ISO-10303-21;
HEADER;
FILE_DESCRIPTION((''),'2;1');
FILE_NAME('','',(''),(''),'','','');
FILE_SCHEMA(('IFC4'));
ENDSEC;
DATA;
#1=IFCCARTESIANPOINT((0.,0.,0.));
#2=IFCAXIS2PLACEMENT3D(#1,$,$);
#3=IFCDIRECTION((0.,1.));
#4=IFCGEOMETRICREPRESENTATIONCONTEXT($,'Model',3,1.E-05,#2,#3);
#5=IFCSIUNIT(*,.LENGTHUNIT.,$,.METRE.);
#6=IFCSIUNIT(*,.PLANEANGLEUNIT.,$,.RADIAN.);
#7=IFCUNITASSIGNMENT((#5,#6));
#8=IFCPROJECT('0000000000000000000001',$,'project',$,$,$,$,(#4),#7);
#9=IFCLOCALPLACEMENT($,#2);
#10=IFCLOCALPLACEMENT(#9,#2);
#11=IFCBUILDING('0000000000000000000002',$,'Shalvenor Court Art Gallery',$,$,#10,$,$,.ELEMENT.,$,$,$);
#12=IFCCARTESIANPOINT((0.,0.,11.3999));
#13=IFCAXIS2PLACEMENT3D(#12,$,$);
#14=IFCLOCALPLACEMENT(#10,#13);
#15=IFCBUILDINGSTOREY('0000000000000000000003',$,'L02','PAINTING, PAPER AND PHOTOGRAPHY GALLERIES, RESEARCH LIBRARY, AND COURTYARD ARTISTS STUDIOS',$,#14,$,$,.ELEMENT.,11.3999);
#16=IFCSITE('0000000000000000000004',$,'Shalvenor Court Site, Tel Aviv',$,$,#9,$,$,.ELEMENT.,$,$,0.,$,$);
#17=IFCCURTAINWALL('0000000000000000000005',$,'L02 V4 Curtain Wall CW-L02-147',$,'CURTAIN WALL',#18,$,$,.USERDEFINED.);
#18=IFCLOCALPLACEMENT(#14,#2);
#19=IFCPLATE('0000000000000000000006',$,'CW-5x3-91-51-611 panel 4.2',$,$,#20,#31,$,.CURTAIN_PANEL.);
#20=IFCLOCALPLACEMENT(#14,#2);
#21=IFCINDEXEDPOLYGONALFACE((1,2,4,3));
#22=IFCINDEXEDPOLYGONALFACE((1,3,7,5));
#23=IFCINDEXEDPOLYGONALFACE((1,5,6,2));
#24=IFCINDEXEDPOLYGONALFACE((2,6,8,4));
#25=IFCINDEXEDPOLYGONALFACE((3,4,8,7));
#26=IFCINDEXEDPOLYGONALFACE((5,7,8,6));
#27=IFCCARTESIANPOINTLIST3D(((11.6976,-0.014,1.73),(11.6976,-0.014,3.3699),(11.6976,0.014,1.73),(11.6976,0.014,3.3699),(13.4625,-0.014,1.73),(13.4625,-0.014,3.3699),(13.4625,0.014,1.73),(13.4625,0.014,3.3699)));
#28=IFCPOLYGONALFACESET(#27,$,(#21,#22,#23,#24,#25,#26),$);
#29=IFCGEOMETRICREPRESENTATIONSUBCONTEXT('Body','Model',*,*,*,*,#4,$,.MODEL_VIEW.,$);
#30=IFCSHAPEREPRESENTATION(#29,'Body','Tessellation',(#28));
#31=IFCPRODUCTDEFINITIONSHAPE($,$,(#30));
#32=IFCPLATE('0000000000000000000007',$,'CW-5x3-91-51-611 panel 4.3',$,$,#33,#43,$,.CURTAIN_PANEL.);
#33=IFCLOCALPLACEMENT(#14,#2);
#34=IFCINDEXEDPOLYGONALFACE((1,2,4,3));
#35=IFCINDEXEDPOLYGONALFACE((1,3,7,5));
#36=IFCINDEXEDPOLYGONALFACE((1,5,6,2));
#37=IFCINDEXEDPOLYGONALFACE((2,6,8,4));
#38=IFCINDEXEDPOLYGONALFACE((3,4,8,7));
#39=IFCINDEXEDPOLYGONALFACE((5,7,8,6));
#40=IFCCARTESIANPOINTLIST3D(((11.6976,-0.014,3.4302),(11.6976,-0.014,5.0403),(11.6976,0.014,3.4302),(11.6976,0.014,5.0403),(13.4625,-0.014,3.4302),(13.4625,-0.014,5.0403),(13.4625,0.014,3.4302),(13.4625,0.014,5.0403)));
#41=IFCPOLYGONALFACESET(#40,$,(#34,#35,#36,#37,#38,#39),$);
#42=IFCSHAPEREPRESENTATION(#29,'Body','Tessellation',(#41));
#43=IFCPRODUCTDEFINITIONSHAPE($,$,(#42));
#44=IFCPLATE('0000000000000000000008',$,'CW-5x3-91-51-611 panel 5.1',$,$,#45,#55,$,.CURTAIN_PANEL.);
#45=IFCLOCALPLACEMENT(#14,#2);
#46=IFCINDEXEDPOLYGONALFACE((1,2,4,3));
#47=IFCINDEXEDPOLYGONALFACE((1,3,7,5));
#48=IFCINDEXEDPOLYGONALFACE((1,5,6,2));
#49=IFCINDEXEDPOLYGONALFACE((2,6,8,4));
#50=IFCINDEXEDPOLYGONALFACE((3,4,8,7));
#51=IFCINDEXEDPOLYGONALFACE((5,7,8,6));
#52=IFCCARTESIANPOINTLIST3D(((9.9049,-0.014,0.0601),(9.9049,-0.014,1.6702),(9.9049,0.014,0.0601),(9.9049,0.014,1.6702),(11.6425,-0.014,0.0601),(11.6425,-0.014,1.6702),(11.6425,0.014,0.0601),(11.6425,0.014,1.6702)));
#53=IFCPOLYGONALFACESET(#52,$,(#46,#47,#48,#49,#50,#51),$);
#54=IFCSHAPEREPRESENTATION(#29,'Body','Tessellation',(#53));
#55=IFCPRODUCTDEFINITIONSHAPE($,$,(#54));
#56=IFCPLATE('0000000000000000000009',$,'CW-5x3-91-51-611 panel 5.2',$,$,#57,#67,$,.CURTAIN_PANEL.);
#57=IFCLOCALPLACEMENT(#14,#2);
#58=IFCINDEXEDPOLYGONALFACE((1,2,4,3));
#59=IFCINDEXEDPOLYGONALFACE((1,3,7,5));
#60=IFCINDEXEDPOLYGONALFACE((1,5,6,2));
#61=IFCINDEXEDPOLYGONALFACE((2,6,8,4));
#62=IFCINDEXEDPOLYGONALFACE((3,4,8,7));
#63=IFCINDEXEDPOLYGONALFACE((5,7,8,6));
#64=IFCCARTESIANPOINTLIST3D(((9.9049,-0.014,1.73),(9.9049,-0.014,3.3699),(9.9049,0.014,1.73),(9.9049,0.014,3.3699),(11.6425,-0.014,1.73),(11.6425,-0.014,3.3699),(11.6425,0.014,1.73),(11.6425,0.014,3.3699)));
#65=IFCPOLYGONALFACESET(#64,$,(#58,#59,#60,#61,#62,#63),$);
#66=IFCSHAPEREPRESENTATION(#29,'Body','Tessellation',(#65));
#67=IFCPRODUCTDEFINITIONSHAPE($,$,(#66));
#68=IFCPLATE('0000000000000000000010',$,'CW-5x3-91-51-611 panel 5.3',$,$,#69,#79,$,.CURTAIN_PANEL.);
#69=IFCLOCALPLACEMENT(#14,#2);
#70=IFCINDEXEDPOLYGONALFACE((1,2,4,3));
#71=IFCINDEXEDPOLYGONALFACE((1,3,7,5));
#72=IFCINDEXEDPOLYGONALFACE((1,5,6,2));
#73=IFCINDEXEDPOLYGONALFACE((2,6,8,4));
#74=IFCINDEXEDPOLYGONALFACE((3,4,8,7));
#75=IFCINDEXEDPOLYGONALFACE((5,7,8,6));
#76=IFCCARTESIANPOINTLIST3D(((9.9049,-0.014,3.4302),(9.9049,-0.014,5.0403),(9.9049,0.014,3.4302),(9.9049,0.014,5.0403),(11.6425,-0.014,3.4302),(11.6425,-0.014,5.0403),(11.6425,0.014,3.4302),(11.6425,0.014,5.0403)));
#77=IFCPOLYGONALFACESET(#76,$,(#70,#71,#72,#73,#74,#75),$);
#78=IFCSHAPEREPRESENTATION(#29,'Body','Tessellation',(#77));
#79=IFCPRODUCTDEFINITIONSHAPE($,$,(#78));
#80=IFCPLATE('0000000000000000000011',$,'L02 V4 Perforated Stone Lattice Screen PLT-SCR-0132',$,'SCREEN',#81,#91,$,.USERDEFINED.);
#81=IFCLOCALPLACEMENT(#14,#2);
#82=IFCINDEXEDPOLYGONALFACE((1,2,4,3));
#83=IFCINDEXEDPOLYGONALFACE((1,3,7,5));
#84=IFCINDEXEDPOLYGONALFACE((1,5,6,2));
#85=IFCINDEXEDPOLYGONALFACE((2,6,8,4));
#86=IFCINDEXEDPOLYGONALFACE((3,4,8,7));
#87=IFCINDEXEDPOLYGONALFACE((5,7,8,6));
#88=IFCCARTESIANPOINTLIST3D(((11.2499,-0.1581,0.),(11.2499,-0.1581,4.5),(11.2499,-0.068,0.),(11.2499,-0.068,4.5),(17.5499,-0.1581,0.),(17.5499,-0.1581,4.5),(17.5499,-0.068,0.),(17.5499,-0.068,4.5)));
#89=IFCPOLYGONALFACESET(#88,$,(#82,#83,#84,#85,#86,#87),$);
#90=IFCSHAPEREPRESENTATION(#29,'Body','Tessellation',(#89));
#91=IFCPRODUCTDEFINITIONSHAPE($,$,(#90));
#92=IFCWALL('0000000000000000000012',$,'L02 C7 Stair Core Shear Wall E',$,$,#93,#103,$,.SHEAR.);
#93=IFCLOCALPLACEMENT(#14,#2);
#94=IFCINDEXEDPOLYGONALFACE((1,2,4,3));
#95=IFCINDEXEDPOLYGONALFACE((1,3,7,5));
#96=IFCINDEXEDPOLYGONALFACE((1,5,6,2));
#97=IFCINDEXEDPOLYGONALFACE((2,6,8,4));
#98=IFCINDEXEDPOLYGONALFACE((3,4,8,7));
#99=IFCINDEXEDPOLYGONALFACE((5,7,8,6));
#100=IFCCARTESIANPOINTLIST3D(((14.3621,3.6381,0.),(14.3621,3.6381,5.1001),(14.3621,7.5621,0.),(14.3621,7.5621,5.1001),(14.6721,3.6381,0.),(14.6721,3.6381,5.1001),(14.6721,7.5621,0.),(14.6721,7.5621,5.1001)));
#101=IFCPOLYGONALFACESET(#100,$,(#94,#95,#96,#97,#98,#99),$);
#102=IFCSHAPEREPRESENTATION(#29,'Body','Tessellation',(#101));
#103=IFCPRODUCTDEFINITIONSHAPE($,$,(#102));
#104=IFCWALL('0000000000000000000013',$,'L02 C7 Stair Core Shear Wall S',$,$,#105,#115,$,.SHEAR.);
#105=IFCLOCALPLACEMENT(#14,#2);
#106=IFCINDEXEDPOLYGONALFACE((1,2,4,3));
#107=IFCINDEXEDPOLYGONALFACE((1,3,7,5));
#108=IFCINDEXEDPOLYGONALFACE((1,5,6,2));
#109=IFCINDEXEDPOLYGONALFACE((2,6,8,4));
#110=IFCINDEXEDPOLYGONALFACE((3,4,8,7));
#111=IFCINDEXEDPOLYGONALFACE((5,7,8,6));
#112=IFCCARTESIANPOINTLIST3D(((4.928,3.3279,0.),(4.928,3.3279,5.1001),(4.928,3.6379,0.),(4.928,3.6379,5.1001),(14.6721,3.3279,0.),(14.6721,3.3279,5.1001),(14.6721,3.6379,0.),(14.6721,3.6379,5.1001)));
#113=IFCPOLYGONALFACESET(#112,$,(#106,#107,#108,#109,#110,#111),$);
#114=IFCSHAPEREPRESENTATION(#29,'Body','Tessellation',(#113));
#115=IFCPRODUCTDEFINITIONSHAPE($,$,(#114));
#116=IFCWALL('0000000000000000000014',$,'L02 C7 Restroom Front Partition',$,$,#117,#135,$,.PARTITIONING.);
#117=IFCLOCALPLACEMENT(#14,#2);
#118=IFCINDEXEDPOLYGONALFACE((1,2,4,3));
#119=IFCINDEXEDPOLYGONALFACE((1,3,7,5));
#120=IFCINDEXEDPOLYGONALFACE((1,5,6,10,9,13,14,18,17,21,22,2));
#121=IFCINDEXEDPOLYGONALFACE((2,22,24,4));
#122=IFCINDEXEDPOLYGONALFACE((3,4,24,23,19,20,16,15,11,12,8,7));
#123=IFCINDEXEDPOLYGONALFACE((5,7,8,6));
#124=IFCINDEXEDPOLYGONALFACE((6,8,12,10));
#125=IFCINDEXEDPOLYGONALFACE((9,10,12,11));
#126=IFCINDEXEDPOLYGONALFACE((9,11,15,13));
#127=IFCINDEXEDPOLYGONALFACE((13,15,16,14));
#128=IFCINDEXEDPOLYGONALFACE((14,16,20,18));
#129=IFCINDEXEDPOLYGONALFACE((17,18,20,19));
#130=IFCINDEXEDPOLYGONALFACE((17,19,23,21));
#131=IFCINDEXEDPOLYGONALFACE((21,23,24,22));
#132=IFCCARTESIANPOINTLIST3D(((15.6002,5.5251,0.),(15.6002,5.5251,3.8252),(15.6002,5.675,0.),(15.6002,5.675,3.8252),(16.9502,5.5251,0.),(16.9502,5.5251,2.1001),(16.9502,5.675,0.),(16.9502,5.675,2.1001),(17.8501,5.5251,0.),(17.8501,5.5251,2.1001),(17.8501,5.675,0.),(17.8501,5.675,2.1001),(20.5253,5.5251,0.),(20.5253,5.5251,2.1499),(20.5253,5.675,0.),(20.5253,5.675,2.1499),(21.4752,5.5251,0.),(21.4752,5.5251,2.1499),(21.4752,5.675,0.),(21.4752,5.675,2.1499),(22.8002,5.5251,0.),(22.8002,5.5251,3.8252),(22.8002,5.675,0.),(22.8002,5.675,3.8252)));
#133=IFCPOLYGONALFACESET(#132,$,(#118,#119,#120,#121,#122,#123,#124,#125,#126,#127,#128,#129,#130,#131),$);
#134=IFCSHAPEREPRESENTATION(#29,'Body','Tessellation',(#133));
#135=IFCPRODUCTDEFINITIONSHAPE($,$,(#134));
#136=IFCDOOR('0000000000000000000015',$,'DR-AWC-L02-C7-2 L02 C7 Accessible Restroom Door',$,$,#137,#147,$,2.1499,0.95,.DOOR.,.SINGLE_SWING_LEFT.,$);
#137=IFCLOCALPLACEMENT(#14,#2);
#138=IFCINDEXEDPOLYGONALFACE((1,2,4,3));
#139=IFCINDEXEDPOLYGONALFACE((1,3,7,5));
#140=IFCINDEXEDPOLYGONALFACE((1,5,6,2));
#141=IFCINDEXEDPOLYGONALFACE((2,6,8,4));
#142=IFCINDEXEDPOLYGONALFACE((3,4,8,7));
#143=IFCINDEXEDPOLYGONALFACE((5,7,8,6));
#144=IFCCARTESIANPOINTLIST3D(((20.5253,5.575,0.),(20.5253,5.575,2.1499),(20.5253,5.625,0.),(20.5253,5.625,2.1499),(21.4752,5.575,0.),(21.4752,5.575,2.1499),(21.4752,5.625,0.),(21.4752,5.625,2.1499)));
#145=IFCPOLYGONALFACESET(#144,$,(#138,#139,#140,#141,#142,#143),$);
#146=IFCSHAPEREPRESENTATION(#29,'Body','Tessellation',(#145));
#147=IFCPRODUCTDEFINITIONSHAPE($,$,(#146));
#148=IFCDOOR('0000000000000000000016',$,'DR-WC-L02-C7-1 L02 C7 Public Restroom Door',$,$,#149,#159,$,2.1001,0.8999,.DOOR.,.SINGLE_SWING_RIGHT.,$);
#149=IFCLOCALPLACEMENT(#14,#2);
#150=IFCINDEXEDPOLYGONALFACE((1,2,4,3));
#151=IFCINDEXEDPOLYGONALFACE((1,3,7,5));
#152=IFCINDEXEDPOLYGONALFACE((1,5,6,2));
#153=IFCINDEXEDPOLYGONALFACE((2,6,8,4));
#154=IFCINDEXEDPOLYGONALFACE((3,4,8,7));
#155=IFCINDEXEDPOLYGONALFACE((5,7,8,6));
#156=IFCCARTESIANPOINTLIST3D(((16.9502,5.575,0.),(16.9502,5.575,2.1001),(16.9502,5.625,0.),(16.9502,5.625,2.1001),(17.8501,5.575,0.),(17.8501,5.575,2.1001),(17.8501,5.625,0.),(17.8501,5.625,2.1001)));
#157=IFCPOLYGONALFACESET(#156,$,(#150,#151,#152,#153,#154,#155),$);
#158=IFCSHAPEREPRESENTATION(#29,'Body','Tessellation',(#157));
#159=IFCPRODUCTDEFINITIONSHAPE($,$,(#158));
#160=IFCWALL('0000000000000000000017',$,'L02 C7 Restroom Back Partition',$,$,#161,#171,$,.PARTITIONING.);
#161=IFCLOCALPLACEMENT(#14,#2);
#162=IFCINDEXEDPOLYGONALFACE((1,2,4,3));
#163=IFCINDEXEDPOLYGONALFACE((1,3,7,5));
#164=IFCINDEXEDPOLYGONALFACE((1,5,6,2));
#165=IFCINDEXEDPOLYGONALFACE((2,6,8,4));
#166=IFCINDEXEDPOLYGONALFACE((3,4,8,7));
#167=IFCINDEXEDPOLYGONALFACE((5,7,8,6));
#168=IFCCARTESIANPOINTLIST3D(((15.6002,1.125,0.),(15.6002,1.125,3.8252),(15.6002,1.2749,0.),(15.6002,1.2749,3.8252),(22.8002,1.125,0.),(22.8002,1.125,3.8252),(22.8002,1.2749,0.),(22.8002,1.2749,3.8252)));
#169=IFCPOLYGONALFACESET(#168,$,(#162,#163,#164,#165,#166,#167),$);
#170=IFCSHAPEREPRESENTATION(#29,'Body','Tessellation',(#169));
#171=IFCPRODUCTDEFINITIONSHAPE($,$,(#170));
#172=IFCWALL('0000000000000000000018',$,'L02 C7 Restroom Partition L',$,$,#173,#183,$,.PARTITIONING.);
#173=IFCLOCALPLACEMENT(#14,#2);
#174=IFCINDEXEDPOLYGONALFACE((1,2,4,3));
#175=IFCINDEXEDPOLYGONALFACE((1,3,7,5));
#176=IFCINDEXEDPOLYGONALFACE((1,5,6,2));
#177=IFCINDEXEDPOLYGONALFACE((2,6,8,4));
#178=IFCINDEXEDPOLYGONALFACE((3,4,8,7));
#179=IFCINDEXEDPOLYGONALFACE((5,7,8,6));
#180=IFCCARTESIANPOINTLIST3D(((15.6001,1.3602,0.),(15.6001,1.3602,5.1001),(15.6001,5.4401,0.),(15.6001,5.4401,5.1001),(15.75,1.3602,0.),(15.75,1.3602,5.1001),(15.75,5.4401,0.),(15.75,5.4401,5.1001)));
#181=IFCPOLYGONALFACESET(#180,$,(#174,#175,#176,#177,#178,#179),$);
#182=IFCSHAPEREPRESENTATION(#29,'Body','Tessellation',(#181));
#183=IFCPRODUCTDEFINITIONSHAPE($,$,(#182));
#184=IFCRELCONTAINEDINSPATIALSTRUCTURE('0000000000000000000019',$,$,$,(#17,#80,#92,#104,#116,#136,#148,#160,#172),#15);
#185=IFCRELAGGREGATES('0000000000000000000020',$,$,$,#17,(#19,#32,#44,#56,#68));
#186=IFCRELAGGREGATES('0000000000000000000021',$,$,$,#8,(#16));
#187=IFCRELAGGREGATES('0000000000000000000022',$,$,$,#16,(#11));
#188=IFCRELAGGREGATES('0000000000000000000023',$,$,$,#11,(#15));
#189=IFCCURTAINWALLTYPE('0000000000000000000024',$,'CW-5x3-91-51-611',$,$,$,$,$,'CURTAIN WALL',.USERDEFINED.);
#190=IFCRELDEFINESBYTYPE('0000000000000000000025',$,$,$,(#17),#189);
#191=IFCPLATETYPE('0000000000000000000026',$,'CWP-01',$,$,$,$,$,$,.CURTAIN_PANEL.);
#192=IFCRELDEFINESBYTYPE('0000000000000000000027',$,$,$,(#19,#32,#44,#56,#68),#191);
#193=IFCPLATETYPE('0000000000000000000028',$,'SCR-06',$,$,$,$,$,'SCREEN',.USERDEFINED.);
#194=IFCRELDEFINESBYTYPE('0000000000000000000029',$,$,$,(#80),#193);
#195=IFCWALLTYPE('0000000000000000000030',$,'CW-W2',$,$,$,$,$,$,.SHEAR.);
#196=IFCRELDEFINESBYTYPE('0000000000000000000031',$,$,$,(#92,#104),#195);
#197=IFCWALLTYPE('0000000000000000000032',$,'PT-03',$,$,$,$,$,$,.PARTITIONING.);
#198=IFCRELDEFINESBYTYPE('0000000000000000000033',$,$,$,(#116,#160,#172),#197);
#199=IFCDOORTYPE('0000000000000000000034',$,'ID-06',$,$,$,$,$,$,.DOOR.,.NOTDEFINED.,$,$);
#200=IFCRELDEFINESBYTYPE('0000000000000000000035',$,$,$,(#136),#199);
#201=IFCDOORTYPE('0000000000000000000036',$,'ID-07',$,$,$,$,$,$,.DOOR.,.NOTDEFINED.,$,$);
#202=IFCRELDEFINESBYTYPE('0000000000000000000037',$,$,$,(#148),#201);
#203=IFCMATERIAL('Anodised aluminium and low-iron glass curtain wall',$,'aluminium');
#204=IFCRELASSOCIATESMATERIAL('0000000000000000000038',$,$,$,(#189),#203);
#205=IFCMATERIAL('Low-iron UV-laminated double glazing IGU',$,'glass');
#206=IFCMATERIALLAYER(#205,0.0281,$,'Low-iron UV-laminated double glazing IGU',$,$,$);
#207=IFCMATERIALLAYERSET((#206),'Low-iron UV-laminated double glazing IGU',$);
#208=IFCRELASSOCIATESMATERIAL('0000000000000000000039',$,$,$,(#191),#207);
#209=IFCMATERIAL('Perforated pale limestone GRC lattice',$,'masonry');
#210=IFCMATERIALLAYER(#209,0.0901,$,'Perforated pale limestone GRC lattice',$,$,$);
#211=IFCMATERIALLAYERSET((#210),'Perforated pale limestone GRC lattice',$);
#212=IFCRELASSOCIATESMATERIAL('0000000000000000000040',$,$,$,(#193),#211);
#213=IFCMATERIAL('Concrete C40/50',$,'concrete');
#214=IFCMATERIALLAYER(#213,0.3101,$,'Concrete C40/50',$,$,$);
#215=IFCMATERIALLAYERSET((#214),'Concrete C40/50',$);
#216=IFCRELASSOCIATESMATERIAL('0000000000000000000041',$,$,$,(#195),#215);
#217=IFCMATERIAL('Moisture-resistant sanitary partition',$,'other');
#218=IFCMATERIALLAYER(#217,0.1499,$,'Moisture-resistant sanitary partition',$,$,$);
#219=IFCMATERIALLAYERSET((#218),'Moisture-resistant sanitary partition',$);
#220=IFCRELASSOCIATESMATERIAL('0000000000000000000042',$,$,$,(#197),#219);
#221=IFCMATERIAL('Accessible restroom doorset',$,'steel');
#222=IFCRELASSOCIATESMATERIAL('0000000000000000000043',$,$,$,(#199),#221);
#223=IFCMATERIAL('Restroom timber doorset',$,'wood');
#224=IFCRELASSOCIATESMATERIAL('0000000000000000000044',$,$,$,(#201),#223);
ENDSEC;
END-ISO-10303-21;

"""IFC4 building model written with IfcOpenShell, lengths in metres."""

from ifc_helpers import new_model, si_unit, direction, frame, frame_2d, origin, origin_2d, place, context, subcontext, project, spatial, rectangle, extrude, material, layer, layer_set, type_object, element, fill, aggregate, save


model = new_model("IFC4")

# Units and contexts
model_context = context("Model", 3, precision=1e-05, world=origin(), true_north=direction((0.0, 1.0)))
body_context = subcontext(model_context, "Body", "Model", "MODEL_VIEW")
ifc_project = project(units=[si_unit("LENGTHUNIT", "METRE"), si_unit("PLANEANGLEUNIT", "RADIAN")], contexts=[model_context])

# Site, building, storey
site_placement = place(None, origin())
site = spatial("IfcSite", under=ifc_project, at=site_placement, Name="Shalvenor Court Site, Tel Aviv", CompositionType="ELEMENT", RefElevation=0.0)
building_placement = place(site_placement, origin())
building = spatial("IfcBuilding", under=site, at=building_placement, Name="Shalvenor Court Art Gallery", CompositionType="ELEMENT")
storey_placement = place(building_placement, frame((0.0, 0.0, 11.3999)))
storey = spatial("IfcBuildingStorey", under=building, at=storey_placement, Name="L02", Description="PAINTING, PAPER AND PHOTOGRAPHY GALLERIES, RESEARCH LIBRARY, AND COURTYARD ARTISTS STUDIOS", CompositionType="ELEMENT", Elevation=11.3999)

# Curtain wall
ifc_material_1 = material(Name="Anodised aluminium and low-iron glass curtain wall", Category="aluminium")
curtain_wall_type = type_object("IfcCurtainWallType", Name="CW-5x3-91-51-611", ElementType="CURTAIN WALL", PredefinedType="USERDEFINED", material=ifc_material_1)
curtain_wall_placement = place(storey_placement, origin())
curtain_wall = element("IfcCurtainWall", 1, at=curtain_wall_placement, inside=storey, type_object=curtain_wall_type, Name="L02 V4 Curtain Wall CW-L02-147", ObjectType="CURTAIN WALL", PredefinedType="USERDEFINED")

# Plates
ifc_material_2 = material(Name="Low-iron UV-laminated double glazing IGU", Category="glass")
ifc_layer_1 = layer(ifc_material_2, 0.0281, Name="Low-iron UV-laminated double glazing IGU")
ifc_layer_set_1 = layer_set([ifc_layer_1], Name="Low-iron UV-laminated double glazing IGU")
plate_type_1 = type_object("IfcPlateType", Name="CWP-01", PredefinedType="CURTAIN_PANEL", material=ifc_layer_set_1)
plate_1_placement = place(storey_placement, frame((12.5801, 0.0, 1.73), z_axis=(0.0, 0.0, 1.0), x_axis=(-1.0, 0.0, 0.0)))
plate_1 = element("IfcPlate", 2, at=plate_1_placement, type_object=plate_type_1, Name="CW-5x3-91-51-611 panel 4.2", PredefinedType="CURTAIN_PANEL", context=body_context, shape_type="SweptSolid", body=[
    extrude(rectangle(XDim=1.7649, YDim=0.0281, at=origin_2d()), origin(), (0.0, 0.0, 1.0), 1.6399),
])
plate_2_placement = place(storey_placement, frame((12.5801, 0.0, 3.4302), z_axis=(0.0, 0.0, 1.0), x_axis=(-1.0, 0.0, 0.0)))
plate_2 = element("IfcPlate", 3, at=plate_2_placement, type_object=plate_type_1, Name="CW-5x3-91-51-611 panel 4.3", PredefinedType="CURTAIN_PANEL", context=body_context, shape_type="SweptSolid", body=[
    extrude(rectangle(XDim=1.7649, YDim=0.0281, at=origin_2d()), origin(), (0.0, 0.0, 1.0), 1.6101),
])
plate_3_placement = place(storey_placement, frame((10.7737, 0.0, 0.0601), z_axis=(0.0, 0.0, 1.0), x_axis=(-1.0, 0.0, 0.0)))
plate_3 = element("IfcPlate", 4, at=plate_3_placement, type_object=plate_type_1, Name="CW-5x3-91-51-611 panel 5.1", PredefinedType="CURTAIN_PANEL", context=body_context, shape_type="SweptSolid", body=[
    extrude(rectangle(XDim=1.7375, YDim=0.0281, at=origin_2d()), origin(), (0.0, 0.0, 1.0), 1.6101),
])
plate_4_placement = place(storey_placement, frame((10.7737, 0.0, 1.73), z_axis=(0.0, 0.0, 1.0), x_axis=(-1.0, 0.0, 0.0)))
plate_4 = element("IfcPlate", 5, at=plate_4_placement, type_object=plate_type_1, Name="CW-5x3-91-51-611 panel 5.2", PredefinedType="CURTAIN_PANEL", context=body_context, shape_type="SweptSolid", body=[
    extrude(rectangle(XDim=1.7375, YDim=0.0281, at=origin_2d()), origin(), (0.0, 0.0, 1.0), 1.6399),
])
plate_5_placement = place(storey_placement, frame((10.7737, 0.0, 3.4302), z_axis=(0.0, 0.0, 1.0), x_axis=(-1.0, 0.0, 0.0)))
plate_5 = element("IfcPlate", 6, at=plate_5_placement, type_object=plate_type_1, Name="CW-5x3-91-51-611 panel 5.3", PredefinedType="CURTAIN_PANEL", context=body_context, shape_type="SweptSolid", body=[
    extrude(rectangle(XDim=1.7375, YDim=0.0281, at=origin_2d()), origin(), (0.0, 0.0, 1.0), 1.6101),
])
aggregate(curtain_wall, [plate_1, plate_2, plate_3, plate_4, plate_5])
ifc_material_3 = material(Name="Perforated pale limestone GRC lattice", Category="masonry")
ifc_layer_2 = layer(ifc_material_3, 0.0901, Name="Perforated pale limestone GRC lattice")
ifc_layer_set_2 = layer_set([ifc_layer_2], Name="Perforated pale limestone GRC lattice")
plate_type_2 = type_object("IfcPlateType", Name="SCR-06", ElementType="SCREEN", PredefinedType="USERDEFINED", material=ifc_layer_set_2)
plate_6_placement = place(storey_placement, frame((14.3999, -0.113, 0.0), z_axis=(0.0, 0.0, 1.0), x_axis=(-1.0, 0.0, 0.0)))
element("IfcPlate", 7, at=plate_6_placement, inside=storey, type_object=plate_type_2, Name="L02 V4 Perforated Stone Lattice Screen PLT-SCR-0132", ObjectType="SCREEN", PredefinedType="USERDEFINED", context=body_context, shape_type="SweptSolid", body=[
    extrude(rectangle(XDim=6.3, YDim=0.0901, at=origin_2d()), origin(), (0.0, 0.0, 1.0), 4.5),
])

# Walls
ifc_material_4 = material(Name="Concrete C40/50", Category="concrete")
ifc_layer_3 = layer(ifc_material_4, 0.3101, Name="Concrete C40/50")
ifc_layer_set_3 = layer_set([ifc_layer_3], Name="Concrete C40/50")
wall_type_1 = type_object("IfcWallType", Name="CW-W2", PredefinedType="SHEAR", material=ifc_layer_set_3)
wall_1_placement = place(storey_placement, frame((14.5171, 7.562, 0.0), z_axis=(0.0, 0.0, 1.0), x_axis=(0.0, -1.0, 0.0)))
element("IfcWall", 8, at=wall_1_placement, inside=storey, type_object=wall_type_1, Name="L02 C7 Stair Core Shear Wall E", PredefinedType="SHEAR", context=body_context, shape_type="SweptSolid", body=[
    extrude(rectangle(XDim=3.9241, YDim=0.3101, at=frame_2d((1.9619, 0.0))), origin(), (0.0, 0.0, 1.0), 5.1001),
])
wall_2_placement = place(storey_placement, frame((14.6721, 3.4829, 0.0), z_axis=(0.0, 0.0, 1.0), x_axis=(-1.0, 0.0, 0.0)))
element("IfcWall", 9, at=wall_2_placement, inside=storey, type_object=wall_type_1, Name="L02 C7 Stair Core Shear Wall S", PredefinedType="SHEAR", context=body_context, shape_type="SweptSolid", body=[
    extrude(rectangle(XDim=9.7441, YDim=0.3101, at=frame_2d((4.8721, 0.0))), origin(), (0.0, 0.0, 1.0), 5.1001),
])

# Wall, openings, doors
ifc_material_5 = material(Name="Moisture-resistant sanitary partition", Category="other")
ifc_layer_4 = layer(ifc_material_5, 0.1499, Name="Moisture-resistant sanitary partition")
ifc_layer_set_4 = layer_set([ifc_layer_4], Name="Moisture-resistant sanitary partition")
wall_type_2 = type_object("IfcWallType", Name="PT-03", PredefinedType="PARTITIONING", material=ifc_layer_set_4)
wall_3_placement = place(storey_placement, frame((15.6001, 5.6001, 0.0), z_axis=(0.0, 0.0, 1.0), x_axis=(1.0, 0.0, 0.0)))
wall_3 = element("IfcWall", 10, at=wall_3_placement, inside=storey, type_object=wall_type_2, Name="L02 C7 Restroom Front Partition", PredefinedType="PARTITIONING", context=body_context, shape_type="SweptSolid", body=[
    extrude(rectangle(XDim=7.2, YDim=0.1499, at=frame_2d((3.6001, 0.0))), origin(), (0.0, 0.0, 1.0), 3.8252),
])
opening_1_placement = place(wall_3_placement, frame((1.3501, 0.0, 0.0)))
opening_1 = element("IfcOpeningElement", 11, at=opening_1_placement, cuts=wall_3, PredefinedType="OPENING", context=body_context, shape_type="SweptSolid", body=[
    extrude(rectangle(XDim=0.8999, YDim=2.1001, at=frame_2d((0.45, 1.05))), frame((0.0, 0.085, 0.0), z_axis=(0.0, -1.0, 0.0), x_axis=(1.0, 0.0, 0.0)), (0.0, 0.0, 1.0), 0.1699),
])
opening_2_placement = place(wall_3_placement, frame((4.925, 0.0, 0.0)))
opening_2 = element("IfcOpeningElement", 12, at=opening_2_placement, cuts=wall_3, PredefinedType="OPENING", context=body_context, shape_type="SweptSolid", body=[
    extrude(rectangle(XDim=0.95, YDim=2.1499, at=frame_2d((0.4751, 1.075))), frame((0.0, 0.085, 0.0), z_axis=(0.0, -1.0, 0.0), x_axis=(1.0, 0.0, 0.0)), (0.0, 0.0, 1.0), 0.1699),
])
ifc_material_6 = material(Name="Accessible restroom doorset", Category="steel")
door_type_1 = type_object("IfcDoorType", Name="ID-06", OperationType="NOTDEFINED", PredefinedType="DOOR", material=ifc_material_6)
door_1_placement = place(opening_2_placement, origin())
door_1 = element("IfcDoor", 13, at=door_1_placement, inside=storey, type_object=door_type_1, Name="DR-AWC-L02-C7-2 L02 C7 Accessible Restroom Door", OperationType="SINGLE_SWING_LEFT", OverallHeight=2.1499, OverallWidth=0.95, PredefinedType="DOOR", context=body_context, shape_type="SweptSolid", body=[
    extrude(rectangle(XDim=0.95, YDim=2.1499, at=frame_2d((0.4751, 1.075))), frame((0.0, 0.0249, 0.0), z_axis=(0.0, -1.0, 0.0), x_axis=(1.0, 0.0, 0.0)), (0.0, 0.0, 1.0), 0.05),
])
fill(opening_2, door_1)
ifc_material_7 = material(Name="Restroom timber doorset", Category="wood")
door_type_2 = type_object("IfcDoorType", Name="ID-07", OperationType="NOTDEFINED", PredefinedType="DOOR", material=ifc_material_7)
door_2_placement = place(opening_1_placement, origin())
door_2 = element("IfcDoor", 14, at=door_2_placement, inside=storey, type_object=door_type_2, Name="DR-WC-L02-C7-1 L02 C7 Public Restroom Door", OperationType="SINGLE_SWING_RIGHT", OverallHeight=2.1001, OverallWidth=0.8999, PredefinedType="DOOR", context=body_context, shape_type="SweptSolid", body=[
    extrude(rectangle(XDim=0.8999, YDim=2.1001, at=frame_2d((0.45, 1.05))), frame((0.0, 0.0249, 0.0), z_axis=(0.0, -1.0, 0.0), x_axis=(1.0, 0.0, 0.0)), (0.0, 0.0, 1.0), 0.05),
])
fill(opening_1, door_2)

# Walls
wall_4_placement = place(storey_placement, frame((15.6001, 1.2, 0.0), z_axis=(0.0, 0.0, 1.0), x_axis=(1.0, 0.0, 0.0)))
element("IfcWall", 15, at=wall_4_placement, inside=storey, type_object=wall_type_2, Name="L02 C7 Restroom Back Partition", PredefinedType="PARTITIONING", context=body_context, shape_type="SweptSolid", body=[
    extrude(rectangle(XDim=7.2, YDim=0.1499, at=frame_2d((3.6001, 0.0))), origin(), (0.0, 0.0, 1.0), 3.8252),
])
wall_5_placement = place(storey_placement, frame((15.675, 1.3601, 0.0), z_axis=(0.0, 0.0, 1.0), x_axis=(0.0, 1.0, 0.0)))
element("IfcWall", 16, at=wall_5_placement, inside=storey, type_object=wall_type_2, Name="L02 C7 Restroom Partition L", PredefinedType="PARTITIONING", context=body_context, shape_type="SweptSolid", body=[
    extrude(rectangle(XDim=4.0798, YDim=0.1499, at=frame_2d((2.04, 0.0))), origin(), (0.0, 0.0, 1.0), 5.1001),
])

save(model, "model.ifc")
